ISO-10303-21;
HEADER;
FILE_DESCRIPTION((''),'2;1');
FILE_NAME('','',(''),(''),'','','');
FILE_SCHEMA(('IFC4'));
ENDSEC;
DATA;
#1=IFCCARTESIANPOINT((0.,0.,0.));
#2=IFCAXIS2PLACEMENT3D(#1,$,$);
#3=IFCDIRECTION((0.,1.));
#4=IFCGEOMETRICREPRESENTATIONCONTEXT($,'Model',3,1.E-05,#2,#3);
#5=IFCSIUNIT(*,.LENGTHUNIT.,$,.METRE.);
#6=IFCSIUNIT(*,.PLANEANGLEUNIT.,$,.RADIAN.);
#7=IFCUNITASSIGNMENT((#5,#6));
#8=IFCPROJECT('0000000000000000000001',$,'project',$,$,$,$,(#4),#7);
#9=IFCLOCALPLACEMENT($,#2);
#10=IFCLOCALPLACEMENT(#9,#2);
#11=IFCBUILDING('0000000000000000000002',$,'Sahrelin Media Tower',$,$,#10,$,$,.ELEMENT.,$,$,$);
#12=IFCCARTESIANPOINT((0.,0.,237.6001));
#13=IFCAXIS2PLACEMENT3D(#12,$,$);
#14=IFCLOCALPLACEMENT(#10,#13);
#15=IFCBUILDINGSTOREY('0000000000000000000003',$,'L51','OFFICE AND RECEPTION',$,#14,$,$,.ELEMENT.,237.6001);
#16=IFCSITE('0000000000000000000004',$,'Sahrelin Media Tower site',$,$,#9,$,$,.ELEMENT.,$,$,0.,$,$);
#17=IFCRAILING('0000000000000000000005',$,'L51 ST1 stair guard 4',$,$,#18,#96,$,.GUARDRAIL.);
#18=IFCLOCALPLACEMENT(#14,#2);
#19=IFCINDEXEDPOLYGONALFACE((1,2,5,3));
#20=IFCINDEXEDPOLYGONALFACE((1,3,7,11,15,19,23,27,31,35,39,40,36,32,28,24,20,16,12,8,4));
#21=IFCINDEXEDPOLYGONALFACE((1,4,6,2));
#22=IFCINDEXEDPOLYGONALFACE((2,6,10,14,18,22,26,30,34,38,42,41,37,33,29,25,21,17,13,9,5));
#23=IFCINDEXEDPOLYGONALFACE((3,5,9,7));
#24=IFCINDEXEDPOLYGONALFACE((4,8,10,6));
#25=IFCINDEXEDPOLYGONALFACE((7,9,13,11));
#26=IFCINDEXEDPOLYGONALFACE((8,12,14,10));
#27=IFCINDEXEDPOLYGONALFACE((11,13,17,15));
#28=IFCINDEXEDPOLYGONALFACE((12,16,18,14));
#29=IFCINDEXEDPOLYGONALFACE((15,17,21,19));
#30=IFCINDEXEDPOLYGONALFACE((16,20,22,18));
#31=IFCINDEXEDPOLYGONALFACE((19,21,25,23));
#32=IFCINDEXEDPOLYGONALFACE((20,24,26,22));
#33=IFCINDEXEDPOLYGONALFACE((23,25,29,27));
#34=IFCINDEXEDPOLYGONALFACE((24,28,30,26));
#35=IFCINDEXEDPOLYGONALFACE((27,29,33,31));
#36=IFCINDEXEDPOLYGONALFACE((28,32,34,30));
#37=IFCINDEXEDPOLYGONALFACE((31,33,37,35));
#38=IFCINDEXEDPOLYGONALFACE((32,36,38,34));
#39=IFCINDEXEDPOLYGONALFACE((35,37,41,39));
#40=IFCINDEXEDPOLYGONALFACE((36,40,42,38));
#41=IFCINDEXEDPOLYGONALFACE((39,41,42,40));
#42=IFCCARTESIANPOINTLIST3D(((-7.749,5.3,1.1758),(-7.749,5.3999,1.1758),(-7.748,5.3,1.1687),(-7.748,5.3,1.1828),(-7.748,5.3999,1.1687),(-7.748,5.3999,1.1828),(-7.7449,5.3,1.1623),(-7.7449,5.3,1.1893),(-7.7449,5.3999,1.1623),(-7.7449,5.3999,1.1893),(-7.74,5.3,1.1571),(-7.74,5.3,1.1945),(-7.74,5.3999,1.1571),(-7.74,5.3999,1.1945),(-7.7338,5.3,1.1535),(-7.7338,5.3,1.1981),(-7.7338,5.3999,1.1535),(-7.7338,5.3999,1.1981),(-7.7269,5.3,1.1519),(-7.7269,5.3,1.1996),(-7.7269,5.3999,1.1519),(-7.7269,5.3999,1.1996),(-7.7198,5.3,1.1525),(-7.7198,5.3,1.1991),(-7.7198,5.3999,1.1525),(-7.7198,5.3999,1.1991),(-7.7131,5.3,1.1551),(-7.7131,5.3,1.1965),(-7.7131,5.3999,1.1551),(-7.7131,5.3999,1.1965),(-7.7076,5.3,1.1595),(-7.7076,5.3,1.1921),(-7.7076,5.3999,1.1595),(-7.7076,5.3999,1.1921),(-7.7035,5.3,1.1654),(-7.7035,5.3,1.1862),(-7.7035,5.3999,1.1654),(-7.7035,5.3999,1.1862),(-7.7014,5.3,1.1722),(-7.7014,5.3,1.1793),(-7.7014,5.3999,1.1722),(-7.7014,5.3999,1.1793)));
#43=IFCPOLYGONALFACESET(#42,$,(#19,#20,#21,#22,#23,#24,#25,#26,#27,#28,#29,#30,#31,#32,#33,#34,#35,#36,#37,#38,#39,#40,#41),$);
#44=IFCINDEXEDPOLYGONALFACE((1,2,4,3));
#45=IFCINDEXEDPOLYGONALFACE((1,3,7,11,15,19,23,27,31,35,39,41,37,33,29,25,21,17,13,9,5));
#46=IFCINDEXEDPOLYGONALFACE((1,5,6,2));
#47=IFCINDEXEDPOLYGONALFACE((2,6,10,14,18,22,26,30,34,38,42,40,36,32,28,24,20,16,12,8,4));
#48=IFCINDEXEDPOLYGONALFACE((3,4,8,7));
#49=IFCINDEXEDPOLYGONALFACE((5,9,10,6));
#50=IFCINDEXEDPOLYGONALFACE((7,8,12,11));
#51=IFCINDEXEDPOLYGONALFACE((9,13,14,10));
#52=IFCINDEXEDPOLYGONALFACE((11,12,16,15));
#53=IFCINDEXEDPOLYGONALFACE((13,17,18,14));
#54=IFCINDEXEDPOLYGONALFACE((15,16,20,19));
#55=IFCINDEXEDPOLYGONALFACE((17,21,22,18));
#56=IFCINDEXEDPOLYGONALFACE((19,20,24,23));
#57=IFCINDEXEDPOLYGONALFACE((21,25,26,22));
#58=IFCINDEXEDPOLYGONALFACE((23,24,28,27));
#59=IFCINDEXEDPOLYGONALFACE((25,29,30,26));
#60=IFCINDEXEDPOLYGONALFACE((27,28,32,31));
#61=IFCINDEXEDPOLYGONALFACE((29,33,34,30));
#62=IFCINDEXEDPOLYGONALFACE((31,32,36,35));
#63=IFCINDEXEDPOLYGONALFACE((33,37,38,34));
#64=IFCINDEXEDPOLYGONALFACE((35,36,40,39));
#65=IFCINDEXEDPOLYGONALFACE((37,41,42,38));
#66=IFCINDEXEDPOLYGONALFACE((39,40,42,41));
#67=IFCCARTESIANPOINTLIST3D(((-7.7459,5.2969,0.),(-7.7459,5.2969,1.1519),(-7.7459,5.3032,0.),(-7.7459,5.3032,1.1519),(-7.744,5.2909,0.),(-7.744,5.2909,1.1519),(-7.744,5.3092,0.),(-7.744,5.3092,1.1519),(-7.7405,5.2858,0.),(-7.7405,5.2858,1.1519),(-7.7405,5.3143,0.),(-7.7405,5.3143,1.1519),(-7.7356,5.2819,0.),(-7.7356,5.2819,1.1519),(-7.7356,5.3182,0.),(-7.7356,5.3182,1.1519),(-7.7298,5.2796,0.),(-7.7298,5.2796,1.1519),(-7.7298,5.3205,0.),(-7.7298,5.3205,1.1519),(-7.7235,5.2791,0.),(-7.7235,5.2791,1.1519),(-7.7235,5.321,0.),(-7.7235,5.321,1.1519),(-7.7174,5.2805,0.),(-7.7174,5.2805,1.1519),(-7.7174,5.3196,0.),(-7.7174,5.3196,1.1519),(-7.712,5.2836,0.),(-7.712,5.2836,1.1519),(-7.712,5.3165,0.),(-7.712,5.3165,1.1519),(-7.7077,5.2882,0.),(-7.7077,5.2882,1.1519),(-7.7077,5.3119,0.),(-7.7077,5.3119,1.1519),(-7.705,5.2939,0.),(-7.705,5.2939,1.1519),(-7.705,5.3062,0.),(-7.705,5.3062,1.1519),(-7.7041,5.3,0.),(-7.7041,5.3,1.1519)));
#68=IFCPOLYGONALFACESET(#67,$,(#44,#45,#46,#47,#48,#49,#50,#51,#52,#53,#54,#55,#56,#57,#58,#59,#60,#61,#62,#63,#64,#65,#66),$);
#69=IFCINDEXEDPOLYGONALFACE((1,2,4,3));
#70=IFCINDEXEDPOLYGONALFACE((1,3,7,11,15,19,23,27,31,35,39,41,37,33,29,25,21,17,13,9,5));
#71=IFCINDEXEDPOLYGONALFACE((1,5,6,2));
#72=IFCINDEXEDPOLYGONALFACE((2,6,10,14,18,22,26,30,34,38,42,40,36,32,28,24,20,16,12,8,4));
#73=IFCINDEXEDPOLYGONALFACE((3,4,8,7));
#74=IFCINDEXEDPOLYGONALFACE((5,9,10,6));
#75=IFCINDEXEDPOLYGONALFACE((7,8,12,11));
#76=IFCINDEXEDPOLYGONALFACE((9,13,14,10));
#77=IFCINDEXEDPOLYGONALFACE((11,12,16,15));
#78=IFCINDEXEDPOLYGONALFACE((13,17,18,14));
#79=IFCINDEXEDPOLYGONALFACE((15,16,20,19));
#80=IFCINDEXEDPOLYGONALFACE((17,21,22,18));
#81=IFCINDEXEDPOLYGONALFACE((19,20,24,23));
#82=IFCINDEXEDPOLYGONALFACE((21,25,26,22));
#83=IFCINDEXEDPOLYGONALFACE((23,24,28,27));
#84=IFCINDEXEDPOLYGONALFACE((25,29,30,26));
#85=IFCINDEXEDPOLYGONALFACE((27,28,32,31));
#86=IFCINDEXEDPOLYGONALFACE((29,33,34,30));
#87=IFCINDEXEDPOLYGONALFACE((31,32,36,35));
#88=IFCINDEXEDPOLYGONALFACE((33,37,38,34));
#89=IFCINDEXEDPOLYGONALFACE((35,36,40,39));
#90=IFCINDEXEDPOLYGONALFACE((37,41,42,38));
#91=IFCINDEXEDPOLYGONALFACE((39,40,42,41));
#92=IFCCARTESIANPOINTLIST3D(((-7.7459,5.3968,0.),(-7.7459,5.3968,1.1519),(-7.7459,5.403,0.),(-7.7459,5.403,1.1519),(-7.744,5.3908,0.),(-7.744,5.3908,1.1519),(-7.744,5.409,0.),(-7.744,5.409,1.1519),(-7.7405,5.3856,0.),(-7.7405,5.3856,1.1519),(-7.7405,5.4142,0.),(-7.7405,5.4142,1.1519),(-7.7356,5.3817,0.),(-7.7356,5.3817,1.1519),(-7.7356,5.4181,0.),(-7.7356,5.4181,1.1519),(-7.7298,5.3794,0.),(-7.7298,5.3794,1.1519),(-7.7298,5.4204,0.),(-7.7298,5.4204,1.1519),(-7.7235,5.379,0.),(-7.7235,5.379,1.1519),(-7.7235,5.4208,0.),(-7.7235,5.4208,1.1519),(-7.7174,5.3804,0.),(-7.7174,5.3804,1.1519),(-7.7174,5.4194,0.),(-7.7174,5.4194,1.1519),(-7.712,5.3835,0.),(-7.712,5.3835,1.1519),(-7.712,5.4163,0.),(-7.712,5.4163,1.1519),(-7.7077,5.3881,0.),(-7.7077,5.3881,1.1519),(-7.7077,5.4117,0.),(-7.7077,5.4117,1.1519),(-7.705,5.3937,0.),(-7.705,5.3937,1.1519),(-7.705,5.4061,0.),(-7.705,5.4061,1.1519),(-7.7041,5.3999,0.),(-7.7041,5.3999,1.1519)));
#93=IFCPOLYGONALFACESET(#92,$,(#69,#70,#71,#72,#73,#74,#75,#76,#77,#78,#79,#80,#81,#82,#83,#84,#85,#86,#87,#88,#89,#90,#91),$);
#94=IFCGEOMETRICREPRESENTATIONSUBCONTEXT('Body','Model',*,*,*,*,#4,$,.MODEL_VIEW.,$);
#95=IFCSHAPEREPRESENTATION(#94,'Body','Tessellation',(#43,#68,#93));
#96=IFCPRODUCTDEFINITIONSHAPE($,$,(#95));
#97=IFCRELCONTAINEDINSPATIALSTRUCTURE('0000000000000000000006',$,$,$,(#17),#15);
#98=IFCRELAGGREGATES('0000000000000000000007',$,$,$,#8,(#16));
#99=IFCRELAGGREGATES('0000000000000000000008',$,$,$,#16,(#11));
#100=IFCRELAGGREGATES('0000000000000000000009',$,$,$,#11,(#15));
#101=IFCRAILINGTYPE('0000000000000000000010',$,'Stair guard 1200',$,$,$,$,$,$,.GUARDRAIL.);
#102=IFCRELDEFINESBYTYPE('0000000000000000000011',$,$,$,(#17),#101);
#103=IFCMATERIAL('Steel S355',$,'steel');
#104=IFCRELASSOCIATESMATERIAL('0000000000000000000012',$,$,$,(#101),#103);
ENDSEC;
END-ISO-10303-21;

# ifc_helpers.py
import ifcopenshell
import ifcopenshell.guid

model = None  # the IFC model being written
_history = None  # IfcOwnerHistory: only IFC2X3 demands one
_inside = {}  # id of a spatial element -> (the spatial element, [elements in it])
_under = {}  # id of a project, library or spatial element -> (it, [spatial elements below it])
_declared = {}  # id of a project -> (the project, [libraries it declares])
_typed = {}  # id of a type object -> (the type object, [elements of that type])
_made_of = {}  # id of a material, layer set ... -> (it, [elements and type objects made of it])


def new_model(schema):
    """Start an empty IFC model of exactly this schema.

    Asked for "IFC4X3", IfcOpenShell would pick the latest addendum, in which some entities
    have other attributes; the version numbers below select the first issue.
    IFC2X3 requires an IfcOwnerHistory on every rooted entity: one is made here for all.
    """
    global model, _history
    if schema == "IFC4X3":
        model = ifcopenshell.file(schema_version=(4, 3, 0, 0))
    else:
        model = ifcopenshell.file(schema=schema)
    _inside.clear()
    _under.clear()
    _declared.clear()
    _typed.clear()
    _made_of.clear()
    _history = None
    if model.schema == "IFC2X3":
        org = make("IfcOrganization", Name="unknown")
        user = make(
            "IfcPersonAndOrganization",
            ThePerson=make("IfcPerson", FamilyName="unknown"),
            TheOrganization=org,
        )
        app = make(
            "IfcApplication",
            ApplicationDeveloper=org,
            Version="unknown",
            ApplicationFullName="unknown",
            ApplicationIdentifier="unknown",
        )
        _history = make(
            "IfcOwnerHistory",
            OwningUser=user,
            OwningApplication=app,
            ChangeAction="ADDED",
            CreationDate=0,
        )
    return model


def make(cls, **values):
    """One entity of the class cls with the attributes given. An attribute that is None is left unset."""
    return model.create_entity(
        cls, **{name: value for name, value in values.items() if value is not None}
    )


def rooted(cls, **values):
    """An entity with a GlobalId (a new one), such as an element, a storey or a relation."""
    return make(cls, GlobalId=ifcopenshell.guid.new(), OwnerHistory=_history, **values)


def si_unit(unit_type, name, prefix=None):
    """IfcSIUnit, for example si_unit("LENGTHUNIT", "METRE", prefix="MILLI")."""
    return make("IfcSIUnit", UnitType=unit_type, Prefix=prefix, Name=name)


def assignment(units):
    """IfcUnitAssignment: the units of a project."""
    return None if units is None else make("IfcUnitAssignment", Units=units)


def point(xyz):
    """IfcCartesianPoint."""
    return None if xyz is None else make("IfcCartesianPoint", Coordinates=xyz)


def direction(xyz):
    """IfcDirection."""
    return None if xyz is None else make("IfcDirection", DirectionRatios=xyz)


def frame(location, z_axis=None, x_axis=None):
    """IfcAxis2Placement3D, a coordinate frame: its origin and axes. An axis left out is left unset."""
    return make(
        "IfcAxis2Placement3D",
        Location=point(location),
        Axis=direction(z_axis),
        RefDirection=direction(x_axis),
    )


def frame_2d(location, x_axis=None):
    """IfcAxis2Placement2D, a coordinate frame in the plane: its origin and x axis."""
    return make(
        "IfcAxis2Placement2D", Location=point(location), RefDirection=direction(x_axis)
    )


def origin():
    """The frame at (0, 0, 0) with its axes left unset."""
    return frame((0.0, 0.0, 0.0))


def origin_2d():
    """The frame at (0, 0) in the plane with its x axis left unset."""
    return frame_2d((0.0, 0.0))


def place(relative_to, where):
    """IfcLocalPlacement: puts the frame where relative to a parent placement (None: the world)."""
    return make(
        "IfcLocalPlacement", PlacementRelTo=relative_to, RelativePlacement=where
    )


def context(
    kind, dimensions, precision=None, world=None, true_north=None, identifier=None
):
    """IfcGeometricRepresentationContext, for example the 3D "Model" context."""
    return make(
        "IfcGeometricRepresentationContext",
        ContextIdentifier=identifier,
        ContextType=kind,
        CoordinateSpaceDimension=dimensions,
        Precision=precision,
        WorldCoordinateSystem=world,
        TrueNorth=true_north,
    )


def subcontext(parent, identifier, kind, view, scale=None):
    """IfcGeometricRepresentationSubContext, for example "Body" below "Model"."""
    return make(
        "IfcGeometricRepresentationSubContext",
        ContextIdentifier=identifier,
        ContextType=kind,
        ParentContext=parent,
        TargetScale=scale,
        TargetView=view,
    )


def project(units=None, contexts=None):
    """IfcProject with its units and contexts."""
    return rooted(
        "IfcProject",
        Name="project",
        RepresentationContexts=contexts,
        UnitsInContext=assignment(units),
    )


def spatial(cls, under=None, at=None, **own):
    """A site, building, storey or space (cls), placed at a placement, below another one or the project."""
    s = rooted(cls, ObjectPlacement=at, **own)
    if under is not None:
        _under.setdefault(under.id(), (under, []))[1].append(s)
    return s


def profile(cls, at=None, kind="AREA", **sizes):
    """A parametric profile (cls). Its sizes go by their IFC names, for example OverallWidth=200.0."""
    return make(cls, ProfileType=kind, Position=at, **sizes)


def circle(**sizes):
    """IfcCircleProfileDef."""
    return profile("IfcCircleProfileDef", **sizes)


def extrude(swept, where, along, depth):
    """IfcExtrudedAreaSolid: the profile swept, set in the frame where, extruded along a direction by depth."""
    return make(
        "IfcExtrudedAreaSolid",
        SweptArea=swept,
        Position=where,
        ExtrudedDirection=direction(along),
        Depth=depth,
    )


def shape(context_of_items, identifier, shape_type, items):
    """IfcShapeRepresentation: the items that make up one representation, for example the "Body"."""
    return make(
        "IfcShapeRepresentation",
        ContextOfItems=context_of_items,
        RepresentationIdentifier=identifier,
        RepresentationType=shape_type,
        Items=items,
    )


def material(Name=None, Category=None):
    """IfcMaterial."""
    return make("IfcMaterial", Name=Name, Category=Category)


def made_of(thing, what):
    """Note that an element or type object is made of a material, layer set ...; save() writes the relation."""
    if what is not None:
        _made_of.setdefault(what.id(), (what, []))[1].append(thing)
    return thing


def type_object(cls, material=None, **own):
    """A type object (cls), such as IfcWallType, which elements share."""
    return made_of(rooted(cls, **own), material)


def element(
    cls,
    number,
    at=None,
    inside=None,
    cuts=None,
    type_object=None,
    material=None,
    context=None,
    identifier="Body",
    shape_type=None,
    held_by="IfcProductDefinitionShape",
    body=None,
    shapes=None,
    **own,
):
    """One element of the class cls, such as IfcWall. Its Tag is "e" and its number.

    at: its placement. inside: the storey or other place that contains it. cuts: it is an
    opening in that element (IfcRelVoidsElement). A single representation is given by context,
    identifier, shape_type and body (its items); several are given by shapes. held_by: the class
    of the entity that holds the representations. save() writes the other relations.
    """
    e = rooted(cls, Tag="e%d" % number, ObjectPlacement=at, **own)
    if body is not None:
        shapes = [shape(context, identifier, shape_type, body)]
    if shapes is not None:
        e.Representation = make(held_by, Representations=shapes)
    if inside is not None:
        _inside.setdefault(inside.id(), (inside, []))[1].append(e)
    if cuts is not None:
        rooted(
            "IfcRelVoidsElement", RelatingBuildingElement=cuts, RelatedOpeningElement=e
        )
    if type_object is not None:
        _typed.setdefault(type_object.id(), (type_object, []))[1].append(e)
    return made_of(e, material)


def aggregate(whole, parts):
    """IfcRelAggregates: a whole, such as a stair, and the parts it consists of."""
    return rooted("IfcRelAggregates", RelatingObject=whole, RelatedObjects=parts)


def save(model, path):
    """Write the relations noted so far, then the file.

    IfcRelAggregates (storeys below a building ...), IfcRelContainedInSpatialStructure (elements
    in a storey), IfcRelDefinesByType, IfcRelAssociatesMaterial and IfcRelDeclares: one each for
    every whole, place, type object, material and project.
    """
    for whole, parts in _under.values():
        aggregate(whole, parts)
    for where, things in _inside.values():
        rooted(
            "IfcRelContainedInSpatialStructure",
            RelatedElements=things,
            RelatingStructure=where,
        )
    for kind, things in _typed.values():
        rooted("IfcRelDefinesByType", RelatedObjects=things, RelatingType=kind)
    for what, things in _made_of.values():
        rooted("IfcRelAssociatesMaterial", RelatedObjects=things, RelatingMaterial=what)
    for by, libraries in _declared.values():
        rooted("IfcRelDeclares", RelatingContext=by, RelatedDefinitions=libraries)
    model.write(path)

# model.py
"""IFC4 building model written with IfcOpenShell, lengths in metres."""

from ifc_helpers import new_model, si_unit, direction, frame, origin, origin_2d, place, context, subcontext, project, spatial, circle, extrude, material, type_object, element, save


model = new_model("IFC4")

# Units and contexts
model_context = context("Model", 3, precision=1e-05, world=origin(), true_north=direction((0.0, 1.0)))
body_context = subcontext(model_context, "Body", "Model", "MODEL_VIEW")
ifc_project = project(units=[si_unit("LENGTHUNIT", "METRE"), si_unit("PLANEANGLEUNIT", "RADIAN")], contexts=[model_context])

# Site, building, storey
site_placement = place(None, origin())
site = spatial("IfcSite", under=ifc_project, at=site_placement, Name="Sahrelin Media Tower site", CompositionType="ELEMENT", RefElevation=0.0)
building_placement = place(site_placement, origin())
building = spatial("IfcBuilding", under=site, at=building_placement, Name="Sahrelin Media Tower", CompositionType="ELEMENT")
storey_placement = place(building_placement, frame((0.0, 0.0, 237.6001)))
storey = spatial("IfcBuildingStorey", under=building, at=storey_placement, Name="L51", Description="OFFICE AND RECEPTION", CompositionType="ELEMENT", Elevation=237.6001)

# Shared definitions
ifc_material_1 = material(Name="Steel S355", Category="steel")

# Railing
railing_type_1 = type_object("IfcRailingType", Name="Stair guard 1200", PredefinedType="GUARDRAIL", material=ifc_material_1)
railing_1_placement = place(storey_placement, frame((-7.7251, 5.3, 0.0)))
element("IfcRailing", 1, at=railing_1_placement, inside=storey, type_object=railing_type_1, Name="L51 ST1 stair guard 4", PredefinedType="GUARDRAIL", context=body_context, shape_type="SweptSolid", body=[
    extrude(circle(Radius=0.0239, at=origin_2d()), frame((0.0, 0.0, 1.1758), z_axis=(0.0, 1.0, 0.0), x_axis=(-1.0, 0.0, 0.0)), (0.0, 0.0, 1.0), 0.0999),
    extrude(circle(Radius=0.021, at=origin_2d()), origin(), (0.0, 0.0, 1.0), 1.1519),
    extrude(circle(Radius=0.021, at=origin_2d()), frame((0.0, 0.0999, 0.0)), (0.0, 0.0, 1.0), 1.1519),
])

save(model, "model.ifc")
